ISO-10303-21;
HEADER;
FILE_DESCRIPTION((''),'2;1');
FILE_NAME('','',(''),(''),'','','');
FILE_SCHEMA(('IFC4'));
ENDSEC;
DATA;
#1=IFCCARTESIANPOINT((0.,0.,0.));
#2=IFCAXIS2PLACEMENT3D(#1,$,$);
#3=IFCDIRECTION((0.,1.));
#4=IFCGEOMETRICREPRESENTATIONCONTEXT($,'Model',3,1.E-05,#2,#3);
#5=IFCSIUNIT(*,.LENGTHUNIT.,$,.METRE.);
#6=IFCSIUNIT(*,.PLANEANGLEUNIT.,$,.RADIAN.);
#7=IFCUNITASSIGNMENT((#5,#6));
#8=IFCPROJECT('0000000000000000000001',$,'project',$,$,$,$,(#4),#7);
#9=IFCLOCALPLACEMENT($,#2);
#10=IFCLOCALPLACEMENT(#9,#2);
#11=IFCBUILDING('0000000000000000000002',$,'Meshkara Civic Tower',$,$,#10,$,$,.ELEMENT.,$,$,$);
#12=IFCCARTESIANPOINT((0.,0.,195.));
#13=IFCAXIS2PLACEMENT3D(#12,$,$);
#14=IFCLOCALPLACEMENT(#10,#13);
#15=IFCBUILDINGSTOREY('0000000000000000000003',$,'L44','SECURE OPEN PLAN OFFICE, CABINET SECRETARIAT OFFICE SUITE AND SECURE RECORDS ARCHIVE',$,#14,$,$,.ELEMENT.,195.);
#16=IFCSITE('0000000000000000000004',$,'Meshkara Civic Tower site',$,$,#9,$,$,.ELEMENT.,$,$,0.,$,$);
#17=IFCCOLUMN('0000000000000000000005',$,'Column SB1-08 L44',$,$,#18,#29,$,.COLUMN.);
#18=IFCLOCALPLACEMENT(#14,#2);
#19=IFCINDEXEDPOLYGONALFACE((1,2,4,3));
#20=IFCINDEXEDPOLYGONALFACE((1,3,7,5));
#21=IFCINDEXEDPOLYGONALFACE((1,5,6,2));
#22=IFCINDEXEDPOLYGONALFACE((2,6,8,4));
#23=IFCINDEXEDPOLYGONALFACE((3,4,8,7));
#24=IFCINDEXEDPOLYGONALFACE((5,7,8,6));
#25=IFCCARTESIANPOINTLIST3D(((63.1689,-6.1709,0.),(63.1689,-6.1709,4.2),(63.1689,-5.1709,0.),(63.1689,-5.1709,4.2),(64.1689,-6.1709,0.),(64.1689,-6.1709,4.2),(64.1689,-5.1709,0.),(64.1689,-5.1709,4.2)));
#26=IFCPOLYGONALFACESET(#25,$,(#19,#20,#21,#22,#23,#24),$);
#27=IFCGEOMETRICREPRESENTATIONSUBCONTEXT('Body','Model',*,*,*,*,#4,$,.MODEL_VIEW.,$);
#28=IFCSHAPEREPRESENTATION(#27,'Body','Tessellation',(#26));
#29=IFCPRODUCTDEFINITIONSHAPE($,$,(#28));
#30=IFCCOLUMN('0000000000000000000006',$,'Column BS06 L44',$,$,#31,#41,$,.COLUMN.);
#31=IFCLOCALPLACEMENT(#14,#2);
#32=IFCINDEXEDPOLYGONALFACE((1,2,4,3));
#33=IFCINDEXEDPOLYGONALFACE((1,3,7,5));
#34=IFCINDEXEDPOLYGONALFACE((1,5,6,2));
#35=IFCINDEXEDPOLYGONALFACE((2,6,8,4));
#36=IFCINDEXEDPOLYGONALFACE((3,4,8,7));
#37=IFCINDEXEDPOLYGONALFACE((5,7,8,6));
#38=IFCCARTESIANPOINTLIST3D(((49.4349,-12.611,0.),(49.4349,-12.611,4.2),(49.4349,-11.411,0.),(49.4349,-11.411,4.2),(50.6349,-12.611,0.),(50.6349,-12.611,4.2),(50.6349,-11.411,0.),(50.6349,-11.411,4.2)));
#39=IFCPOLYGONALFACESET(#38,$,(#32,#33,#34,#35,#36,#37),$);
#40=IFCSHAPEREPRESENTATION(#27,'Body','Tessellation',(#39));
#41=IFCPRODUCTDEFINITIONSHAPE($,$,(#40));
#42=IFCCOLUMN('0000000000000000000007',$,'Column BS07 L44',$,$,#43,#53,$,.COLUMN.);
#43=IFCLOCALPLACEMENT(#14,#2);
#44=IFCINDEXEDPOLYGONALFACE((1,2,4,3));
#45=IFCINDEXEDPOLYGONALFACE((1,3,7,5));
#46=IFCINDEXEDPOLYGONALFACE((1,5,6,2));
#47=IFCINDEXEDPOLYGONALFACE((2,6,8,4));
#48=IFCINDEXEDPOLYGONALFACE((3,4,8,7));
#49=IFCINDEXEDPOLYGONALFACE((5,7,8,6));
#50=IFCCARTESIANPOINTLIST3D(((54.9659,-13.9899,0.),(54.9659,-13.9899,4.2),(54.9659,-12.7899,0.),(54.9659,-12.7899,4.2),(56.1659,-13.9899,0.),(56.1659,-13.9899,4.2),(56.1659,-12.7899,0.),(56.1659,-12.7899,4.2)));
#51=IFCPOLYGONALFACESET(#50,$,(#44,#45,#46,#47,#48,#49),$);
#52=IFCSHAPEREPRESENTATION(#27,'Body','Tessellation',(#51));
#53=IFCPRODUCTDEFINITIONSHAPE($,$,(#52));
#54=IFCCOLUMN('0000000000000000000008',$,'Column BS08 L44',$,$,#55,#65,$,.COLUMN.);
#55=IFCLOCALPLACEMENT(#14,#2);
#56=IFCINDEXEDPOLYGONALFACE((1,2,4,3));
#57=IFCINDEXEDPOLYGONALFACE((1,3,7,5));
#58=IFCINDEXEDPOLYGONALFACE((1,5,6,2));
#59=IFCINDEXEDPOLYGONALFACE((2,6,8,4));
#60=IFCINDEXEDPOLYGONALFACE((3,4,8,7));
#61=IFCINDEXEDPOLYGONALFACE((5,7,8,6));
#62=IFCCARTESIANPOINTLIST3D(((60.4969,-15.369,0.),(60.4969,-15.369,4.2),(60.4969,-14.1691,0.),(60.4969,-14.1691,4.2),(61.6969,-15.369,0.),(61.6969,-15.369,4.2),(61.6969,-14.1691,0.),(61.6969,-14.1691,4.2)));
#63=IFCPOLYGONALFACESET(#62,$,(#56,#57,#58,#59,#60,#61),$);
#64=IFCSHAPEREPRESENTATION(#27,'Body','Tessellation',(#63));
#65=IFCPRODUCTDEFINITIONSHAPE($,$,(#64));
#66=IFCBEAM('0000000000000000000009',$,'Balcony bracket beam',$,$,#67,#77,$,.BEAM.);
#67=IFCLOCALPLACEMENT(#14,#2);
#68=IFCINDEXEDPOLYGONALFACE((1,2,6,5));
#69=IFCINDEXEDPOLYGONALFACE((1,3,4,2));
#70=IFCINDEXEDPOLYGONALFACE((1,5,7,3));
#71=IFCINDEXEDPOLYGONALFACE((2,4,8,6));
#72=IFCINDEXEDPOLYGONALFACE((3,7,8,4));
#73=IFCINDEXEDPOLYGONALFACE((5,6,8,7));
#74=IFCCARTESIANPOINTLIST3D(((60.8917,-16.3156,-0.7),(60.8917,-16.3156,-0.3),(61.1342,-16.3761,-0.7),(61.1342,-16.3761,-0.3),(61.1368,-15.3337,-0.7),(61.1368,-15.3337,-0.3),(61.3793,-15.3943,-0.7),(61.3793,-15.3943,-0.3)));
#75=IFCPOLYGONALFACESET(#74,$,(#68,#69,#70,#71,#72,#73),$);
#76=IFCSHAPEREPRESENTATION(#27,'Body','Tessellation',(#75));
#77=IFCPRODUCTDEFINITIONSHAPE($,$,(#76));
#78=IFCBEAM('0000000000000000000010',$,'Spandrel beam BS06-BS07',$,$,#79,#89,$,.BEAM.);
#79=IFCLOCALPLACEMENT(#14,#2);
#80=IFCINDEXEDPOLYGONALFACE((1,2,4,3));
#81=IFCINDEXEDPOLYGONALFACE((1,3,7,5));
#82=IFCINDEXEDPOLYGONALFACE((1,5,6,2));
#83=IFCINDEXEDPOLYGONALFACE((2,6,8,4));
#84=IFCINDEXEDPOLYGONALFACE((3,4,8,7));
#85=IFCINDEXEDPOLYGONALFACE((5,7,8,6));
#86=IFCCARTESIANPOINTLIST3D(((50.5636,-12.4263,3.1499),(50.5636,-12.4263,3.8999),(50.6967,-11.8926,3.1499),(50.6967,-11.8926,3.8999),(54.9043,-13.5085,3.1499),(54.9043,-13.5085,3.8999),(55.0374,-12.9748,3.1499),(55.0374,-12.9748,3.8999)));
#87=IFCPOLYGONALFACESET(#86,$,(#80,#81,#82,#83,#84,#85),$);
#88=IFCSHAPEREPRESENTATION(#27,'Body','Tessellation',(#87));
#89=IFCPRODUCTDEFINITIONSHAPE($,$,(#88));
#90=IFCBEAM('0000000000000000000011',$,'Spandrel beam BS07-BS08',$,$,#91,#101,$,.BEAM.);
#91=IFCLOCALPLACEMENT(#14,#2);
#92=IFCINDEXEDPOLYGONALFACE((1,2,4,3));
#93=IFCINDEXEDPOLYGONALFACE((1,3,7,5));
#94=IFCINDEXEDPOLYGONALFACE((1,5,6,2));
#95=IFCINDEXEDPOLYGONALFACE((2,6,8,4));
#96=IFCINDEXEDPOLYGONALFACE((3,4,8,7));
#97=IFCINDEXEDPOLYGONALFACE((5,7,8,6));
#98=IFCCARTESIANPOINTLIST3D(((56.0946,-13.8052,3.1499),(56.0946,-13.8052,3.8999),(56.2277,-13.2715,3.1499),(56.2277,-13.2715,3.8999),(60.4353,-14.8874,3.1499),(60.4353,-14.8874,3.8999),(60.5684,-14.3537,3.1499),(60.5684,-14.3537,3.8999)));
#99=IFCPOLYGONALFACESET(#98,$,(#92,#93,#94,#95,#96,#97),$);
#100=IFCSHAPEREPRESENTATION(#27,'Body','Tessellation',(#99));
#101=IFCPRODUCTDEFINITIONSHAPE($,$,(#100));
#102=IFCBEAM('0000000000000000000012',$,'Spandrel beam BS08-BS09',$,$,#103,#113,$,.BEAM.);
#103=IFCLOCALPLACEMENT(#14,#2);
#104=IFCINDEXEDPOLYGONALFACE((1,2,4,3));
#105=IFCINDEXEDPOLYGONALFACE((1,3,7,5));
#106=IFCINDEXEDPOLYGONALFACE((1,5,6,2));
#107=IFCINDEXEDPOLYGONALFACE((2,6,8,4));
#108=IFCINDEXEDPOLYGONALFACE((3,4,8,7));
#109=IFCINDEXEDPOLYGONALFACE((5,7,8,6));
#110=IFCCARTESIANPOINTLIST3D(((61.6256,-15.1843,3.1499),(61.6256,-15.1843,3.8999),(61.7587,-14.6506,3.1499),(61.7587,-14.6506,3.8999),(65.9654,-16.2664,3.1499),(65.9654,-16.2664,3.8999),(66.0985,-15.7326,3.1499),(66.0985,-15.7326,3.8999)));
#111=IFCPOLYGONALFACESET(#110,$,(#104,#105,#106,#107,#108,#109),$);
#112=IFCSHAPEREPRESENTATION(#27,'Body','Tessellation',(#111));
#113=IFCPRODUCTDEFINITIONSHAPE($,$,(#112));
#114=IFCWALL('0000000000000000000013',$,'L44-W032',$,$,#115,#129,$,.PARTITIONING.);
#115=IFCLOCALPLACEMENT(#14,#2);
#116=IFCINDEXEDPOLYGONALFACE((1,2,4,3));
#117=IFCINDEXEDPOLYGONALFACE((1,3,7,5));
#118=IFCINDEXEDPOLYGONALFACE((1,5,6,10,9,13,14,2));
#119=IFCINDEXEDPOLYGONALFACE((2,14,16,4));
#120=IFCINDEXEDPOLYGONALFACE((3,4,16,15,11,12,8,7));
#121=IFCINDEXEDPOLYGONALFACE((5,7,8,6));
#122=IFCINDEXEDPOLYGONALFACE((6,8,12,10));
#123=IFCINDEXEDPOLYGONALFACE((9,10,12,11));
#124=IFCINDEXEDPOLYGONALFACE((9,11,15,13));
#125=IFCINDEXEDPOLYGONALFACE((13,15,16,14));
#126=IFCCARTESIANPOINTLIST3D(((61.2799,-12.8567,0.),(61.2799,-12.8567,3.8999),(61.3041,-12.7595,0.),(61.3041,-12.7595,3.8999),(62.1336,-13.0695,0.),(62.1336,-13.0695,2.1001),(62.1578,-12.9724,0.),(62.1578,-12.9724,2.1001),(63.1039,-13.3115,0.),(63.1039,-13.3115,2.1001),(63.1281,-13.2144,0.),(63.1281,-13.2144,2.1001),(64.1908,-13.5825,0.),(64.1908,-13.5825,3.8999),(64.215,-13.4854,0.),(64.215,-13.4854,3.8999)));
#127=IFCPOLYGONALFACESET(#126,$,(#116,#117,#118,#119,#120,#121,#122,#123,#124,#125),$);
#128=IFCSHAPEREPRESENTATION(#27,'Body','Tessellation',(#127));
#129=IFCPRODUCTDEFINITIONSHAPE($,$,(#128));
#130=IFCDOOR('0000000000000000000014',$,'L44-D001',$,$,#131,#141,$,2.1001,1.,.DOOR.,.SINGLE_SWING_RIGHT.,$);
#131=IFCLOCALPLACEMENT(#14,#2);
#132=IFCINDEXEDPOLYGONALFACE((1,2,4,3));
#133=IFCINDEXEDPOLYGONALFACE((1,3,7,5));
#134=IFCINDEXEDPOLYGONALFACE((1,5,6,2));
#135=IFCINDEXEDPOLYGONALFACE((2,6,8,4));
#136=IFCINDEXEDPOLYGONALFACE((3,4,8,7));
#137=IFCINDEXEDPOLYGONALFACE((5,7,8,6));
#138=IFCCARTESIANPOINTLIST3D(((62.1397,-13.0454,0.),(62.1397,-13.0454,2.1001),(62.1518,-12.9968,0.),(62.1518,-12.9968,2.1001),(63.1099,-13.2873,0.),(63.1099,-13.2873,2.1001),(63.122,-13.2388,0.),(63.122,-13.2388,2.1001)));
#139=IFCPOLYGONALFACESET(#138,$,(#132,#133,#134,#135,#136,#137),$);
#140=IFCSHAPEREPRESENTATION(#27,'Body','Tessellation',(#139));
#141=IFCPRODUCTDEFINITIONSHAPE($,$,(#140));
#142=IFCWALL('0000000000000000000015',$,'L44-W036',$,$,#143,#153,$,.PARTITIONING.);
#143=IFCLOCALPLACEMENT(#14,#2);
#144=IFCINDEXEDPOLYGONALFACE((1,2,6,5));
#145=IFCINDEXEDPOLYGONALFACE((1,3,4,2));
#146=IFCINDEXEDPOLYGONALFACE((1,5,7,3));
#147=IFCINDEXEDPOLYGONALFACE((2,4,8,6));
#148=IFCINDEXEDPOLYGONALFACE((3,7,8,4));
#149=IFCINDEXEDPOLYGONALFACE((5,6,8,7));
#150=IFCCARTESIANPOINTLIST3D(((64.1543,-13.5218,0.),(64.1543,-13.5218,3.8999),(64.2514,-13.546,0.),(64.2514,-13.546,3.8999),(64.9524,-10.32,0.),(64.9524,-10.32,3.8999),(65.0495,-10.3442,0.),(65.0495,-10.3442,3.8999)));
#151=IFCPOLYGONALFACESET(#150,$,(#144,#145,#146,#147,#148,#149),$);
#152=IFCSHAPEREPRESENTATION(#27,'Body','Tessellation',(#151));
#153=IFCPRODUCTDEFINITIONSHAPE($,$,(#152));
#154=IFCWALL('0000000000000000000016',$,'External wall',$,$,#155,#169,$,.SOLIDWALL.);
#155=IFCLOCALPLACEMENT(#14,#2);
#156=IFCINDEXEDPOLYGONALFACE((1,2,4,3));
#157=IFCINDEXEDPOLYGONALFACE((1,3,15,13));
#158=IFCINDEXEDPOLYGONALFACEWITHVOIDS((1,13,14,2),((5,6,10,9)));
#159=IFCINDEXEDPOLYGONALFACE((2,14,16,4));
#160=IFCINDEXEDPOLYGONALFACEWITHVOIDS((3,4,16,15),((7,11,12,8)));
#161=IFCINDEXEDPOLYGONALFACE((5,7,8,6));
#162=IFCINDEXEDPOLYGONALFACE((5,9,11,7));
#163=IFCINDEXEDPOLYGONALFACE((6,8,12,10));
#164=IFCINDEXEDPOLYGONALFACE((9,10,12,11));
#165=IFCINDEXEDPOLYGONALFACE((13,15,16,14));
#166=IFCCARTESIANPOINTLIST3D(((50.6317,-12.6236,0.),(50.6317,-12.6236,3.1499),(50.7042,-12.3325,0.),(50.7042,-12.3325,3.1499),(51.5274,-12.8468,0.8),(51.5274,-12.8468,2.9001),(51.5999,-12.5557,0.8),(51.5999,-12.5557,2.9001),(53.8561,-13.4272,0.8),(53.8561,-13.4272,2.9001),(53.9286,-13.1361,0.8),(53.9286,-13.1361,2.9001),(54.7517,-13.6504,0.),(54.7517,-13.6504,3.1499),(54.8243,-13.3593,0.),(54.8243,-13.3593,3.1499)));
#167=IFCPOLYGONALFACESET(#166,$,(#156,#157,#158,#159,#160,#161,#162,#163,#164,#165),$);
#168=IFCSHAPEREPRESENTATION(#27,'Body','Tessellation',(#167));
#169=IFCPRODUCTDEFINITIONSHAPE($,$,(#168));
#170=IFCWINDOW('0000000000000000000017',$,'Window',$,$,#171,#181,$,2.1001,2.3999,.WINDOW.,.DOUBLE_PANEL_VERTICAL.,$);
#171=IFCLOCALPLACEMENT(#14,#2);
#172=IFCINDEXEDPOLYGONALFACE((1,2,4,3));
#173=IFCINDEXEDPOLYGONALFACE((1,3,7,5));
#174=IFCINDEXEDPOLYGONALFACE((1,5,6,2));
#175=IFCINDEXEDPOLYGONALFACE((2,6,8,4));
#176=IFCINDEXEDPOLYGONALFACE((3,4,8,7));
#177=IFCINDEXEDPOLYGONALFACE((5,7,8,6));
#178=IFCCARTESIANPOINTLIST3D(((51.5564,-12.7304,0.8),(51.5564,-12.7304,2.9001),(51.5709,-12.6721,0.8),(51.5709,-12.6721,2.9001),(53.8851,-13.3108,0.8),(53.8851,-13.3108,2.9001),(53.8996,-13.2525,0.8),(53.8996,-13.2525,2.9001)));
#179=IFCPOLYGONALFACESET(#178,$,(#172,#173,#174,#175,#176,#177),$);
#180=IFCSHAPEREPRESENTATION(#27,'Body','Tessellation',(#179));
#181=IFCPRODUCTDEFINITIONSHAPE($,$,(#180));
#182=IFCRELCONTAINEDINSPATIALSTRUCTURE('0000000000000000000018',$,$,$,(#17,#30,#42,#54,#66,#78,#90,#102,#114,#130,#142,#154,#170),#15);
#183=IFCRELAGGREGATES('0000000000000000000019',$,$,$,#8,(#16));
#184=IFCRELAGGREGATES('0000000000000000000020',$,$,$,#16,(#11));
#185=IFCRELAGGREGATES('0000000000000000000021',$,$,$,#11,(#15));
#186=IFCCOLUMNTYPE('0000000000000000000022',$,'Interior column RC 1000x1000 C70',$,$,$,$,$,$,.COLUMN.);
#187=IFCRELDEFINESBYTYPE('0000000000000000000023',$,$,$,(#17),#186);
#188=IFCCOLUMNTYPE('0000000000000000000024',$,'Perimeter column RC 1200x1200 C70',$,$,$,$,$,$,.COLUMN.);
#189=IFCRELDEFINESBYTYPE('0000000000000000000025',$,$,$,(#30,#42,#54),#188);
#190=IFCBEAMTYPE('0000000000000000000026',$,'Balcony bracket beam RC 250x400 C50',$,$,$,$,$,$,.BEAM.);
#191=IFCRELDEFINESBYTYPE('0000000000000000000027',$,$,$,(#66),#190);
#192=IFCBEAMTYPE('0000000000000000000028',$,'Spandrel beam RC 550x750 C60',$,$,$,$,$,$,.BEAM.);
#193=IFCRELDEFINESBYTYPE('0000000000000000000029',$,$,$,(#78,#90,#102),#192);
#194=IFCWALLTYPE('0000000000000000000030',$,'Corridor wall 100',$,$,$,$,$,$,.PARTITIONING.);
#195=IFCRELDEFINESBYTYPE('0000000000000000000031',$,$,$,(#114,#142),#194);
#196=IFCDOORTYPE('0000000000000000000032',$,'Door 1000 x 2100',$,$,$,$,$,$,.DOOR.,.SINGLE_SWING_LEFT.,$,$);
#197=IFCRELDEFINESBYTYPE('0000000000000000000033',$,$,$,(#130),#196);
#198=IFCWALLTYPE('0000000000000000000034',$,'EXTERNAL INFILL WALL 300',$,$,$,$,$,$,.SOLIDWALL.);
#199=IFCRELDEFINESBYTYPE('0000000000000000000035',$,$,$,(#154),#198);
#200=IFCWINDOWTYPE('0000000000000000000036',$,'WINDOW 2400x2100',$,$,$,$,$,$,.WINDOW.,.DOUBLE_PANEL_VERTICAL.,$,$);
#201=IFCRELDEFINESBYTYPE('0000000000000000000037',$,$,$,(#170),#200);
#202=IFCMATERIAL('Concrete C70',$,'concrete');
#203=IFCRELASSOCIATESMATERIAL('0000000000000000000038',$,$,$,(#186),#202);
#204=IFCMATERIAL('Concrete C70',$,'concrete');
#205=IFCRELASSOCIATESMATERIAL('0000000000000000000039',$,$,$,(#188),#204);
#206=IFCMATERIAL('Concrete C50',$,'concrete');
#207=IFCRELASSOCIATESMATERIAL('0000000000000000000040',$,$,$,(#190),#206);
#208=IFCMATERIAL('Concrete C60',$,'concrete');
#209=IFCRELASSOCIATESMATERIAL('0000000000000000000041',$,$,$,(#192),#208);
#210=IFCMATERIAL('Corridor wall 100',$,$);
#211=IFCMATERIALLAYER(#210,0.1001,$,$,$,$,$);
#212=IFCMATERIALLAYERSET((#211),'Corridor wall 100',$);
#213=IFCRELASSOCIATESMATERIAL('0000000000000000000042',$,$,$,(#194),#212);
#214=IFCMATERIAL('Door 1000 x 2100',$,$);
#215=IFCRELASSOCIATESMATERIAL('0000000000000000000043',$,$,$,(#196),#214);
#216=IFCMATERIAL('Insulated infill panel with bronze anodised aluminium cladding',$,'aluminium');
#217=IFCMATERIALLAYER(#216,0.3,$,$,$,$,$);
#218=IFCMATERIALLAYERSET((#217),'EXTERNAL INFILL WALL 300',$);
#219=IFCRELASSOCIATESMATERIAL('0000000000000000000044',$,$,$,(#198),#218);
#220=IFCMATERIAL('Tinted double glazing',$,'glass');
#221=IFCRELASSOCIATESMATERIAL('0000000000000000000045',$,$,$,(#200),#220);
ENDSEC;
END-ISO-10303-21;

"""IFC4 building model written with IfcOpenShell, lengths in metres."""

from ifc_helpers import new_model, si_unit, direction, frame, frame_2d, origin, origin_2d, place, context, subcontext, project, spatial, rectangle, extrude, material, layer, layer_set, material_profile, profile_set, type_object, element, fill, save


model = new_model("IFC4")

# Units and contexts
model_context = context("Model", 3, precision=1e-05, world=origin(), true_north=direction((0.0, 1.0)))
body_context = subcontext(model_context, "Body", "Model", "MODEL_VIEW")
ifc_project = project(units=[si_unit("LENGTHUNIT", "METRE"), si_unit("PLANEANGLEUNIT", "RADIAN")], contexts=[model_context])

# Site, building, storey
site_placement = place(None, origin())
site = spatial("IfcSite", under=ifc_project, at=site_placement, Name="Meshkara Civic Tower site", CompositionType="ELEMENT", RefElevation=0.0)
building_placement = place(site_placement, origin())
building = spatial("IfcBuilding", under=site, at=building_placement, Name="Meshkara Civic Tower", CompositionType="ELEMENT")
storey_placement = place(building_placement, frame((0.0, 0.0, 195.0)))
storey = spatial("IfcBuildingStorey", under=building, at=storey_placement, Name="L44", Description="SECURE OPEN PLAN OFFICE, CABINET SECRETARIAT OFFICE SUITE AND SECURE RECORDS ARCHIVE", CompositionType="ELEMENT", Elevation=195.0)

# Columns
ifc_material_1 = material(Name="Concrete C70", Category="concrete")
ifc_material_profile_1 = material_profile(ifc_material_1, rectangle(XDim=1.0, YDim=1.0, at=origin_2d()))
ifc_profile_set_1 = profile_set([ifc_material_profile_1], Name="Concrete C70")
column_type_1 = type_object("IfcColumnType", Name="Interior column RC 1000x1000 C70", PredefinedType="COLUMN", material=ifc_profile_set_1)
column_placement = place(storey_placement, frame((63.6689, -5.6709, 0.0), z_axis=(0.0, 0.0, 1.0), x_axis=(1.0, 0.0, 0.0)))
element("IfcColumn", 1, at=column_placement, inside=storey, type_object=column_type_1, Name="Column SB1-08 L44", PredefinedType="COLUMN", context=body_context, shape_type="SweptSolid", body=[
    extrude(rectangle(XDim=1.0, YDim=1.0, at=origin_2d()), origin(), (0.0, 0.0, 1.0), 4.2),
])
ifc_material_2 = material(Name="Concrete C70", Category="concrete")
ifc_material_profile_2 = material_profile(ifc_material_2, rectangle(XDim=1.2, YDim=1.2, at=origin_2d()))
ifc_profile_set_2 = profile_set([ifc_material_profile_2], Name="Concrete C70")
column_type_2 = type_object("IfcColumnType", Name="Perimeter column RC 1200x1200 C70", PredefinedType="COLUMN", material=ifc_profile_set_2)
for number, where, z_axis, x_axis, name in (
    (2, (50.0349, -12.011, 0.0), (0.0, 0.0, 1.0), (1.0, 0.0, 0.0), "Column BS06 L44"),
    (3, (55.5659, -13.3899, 0.0), (0.0, 0.0, 1.0), (1.0, 0.0, 0.0), "Column BS07 L44"),
    (4, (61.0969, -14.769, 0.0), (0.0, 0.0, 1.0), (1.0, 0.0, 0.0), "Column BS08 L44"),
):
    element("IfcColumn", number, at=place(storey_placement, frame(where, z_axis=z_axis, x_axis=x_axis)), inside=storey, type_object=column_type_2, Name=name, PredefinedType="COLUMN", context=body_context, shape_type="SweptSolid", body=[
        extrude(rectangle(XDim=1.2, YDim=1.2, at=origin_2d()), origin(), (0.0, 0.0, 1.0), 4.2),
    ])

# Beams
ifc_material_3 = material(Name="Concrete C50", Category="concrete")
ifc_material_profile_3 = material_profile(ifc_material_3, rectangle(XDim=0.25, YDim=0.3999, at=origin_2d()))
ifc_profile_set_3 = profile_set([ifc_material_profile_3], Name="Concrete C50")
beam_type_1 = type_object("IfcBeamType", Name="Balcony bracket beam RC 250x400 C50", PredefinedType="BEAM", material=ifc_profile_set_3)
beam_1_placement = place(storey_placement, frame((61.2581, -15.364, -0.5), z_axis=(-0.242195, -0.970228, 0.0), x_axis=(0.970228, -0.242195, 0.0)))
element("IfcBeam", 5, at=beam_1_placement, inside=storey, type_object=beam_type_1, Name="Balcony bracket beam", PredefinedType="BEAM", context=body_context, shape_type="SweptSolid", body=[
    extrude(rectangle(XDim=0.25, YDim=0.3999, at=origin_2d()), origin(), (0.0, 0.0, 1.0), 1.012),
])
ifc_material_4 = material(Name="Concrete C60", Category="concrete")
ifc_material_profile_4 = material_profile(ifc_material_4, rectangle(XDim=0.55, YDim=0.75, at=origin_2d()))
ifc_profile_set_4 = profile_set([ifc_material_profile_4], Name="Concrete C60")
beam_type_2 = type_object("IfcBeamType", Name="Spandrel beam RC 550x750 C60", PredefinedType="BEAM", material=ifc_profile_set_4)
for number, where, z_axis, x_axis, name in (
    (6, (50.6301, -12.1594, 3.5249), (0.970296, -0.241919, 0.0), (0.241919, 0.970296, 0.0), "Spandrel beam BS06-BS07"),
    (7, (56.1611, -13.5383, 3.5249), (0.970296, -0.241919, 0.0), (0.241919, 0.970296, 0.0), "Spandrel beam BS07-BS08"),
):
    element("IfcBeam", number, at=place(storey_placement, frame(where, z_axis=z_axis, x_axis=x_axis)), inside=storey, type_object=beam_type_2, Name=name, PredefinedType="BEAM", context=body_context, shape_type="SweptSolid", body=[
        extrude(rectangle(XDim=0.55, YDim=0.75, at=origin_2d()), origin(), (0.0, 0.0, 1.0), 4.4736),
    ])
beam_2_placement = place(storey_placement, frame((61.6921, -14.9175, 3.5249), z_axis=(0.970296, -0.241919, 0.0), x_axis=(0.241919, 0.970296, 0.0)))
element("IfcBeam", 8, at=beam_2_placement, inside=storey, type_object=beam_type_2, Name="Spandrel beam BS08-BS09", PredefinedType="BEAM", context=body_context, shape_type="SweptSolid", body=[
    extrude(rectangle(XDim=0.55, YDim=0.75, at=origin_2d()), origin(), (0.0, 0.0, 1.0), 4.4727),
])

# Wall, opening, door
ifc_material_5 = material(Name="Corridor wall 100")
ifc_layer_1 = layer(ifc_material_5, 0.1001)
ifc_layer_set_1 = layer_set([ifc_layer_1], Name="Corridor wall 100")
wall_type_1 = type_object("IfcWallType", Name="Corridor wall 100", PredefinedType="PARTITIONING", material=ifc_layer_set_1)
wall_1_placement = place(storey_placement, frame((61.292, -12.8081, 0.0), z_axis=(0.0, 0.0, 1.0), x_axis=(0.970291, -0.241942, 0.0)))
wall_1 = element("IfcWall", 9, at=wall_1_placement, inside=storey, type_object=wall_type_1, Name="L44-W032", PredefinedType="PARTITIONING", context=body_context, shape_type="SweptSolid", body=[
    extrude(rectangle(XDim=3.0, YDim=0.1001, at=frame_2d((1.5, 0.0))), origin(), (0.0, 0.0, 1.0), 3.8999),
])
opening_1_placement = place(wall_1_placement, frame((0.8799, 0.0, 0.0)))
opening_1 = element("IfcOpeningElement", 10, at=opening_1_placement, cuts=wall_1, PredefinedType="OPENING", context=body_context, shape_type="SweptSolid", body=[
    extrude(rectangle(XDim=1.0, YDim=2.1001, at=frame_2d((0.5, 1.05))), frame((0.0, 0.0601, 0.0), z_axis=(0.0, -1.0, 0.0), x_axis=(1.0, 0.0, 0.0)), (0.0, 0.0, 1.0), 0.1201),
])
ifc_material_6 = material(Name="Door 1000 x 2100")
door_type_1 = type_object("IfcDoorType", Name="Door 1000 x 2100", OperationType="SINGLE_SWING_LEFT", PredefinedType="DOOR", material=ifc_material_6)
door_1_placement = place(opening_1_placement, origin())
door_1 = element("IfcDoor", 11, at=door_1_placement, inside=storey, type_object=door_type_1, Name="L44-D001", OperationType="SINGLE_SWING_RIGHT", OverallHeight=2.1001, OverallWidth=1.0, PredefinedType="DOOR", context=body_context, shape_type="SweptSolid", body=[
    extrude(rectangle(XDim=1.0, YDim=2.1001, at=frame_2d((0.5, 1.05))), frame((0.0, 0.0249, 0.0), z_axis=(0.0, -1.0, 0.0), x_axis=(1.0, 0.0, 0.0)), (0.0, 0.0, 1.0), 0.05),
])
fill(opening_1, door_1)

# Wall
wall_2_placement = place(storey_placement, frame((64.2029, -13.5339, 0.0), z_axis=(0.0, 0.0, 1.0), x_axis=(0.241857, 0.970312, 0.0)))
element("IfcWall", 12, at=wall_2_placement, inside=storey, type_object=wall_type_1, Name="L44-W036", PredefinedType="PARTITIONING", context=body_context, shape_type="SweptSolid", body=[
    extrude(rectangle(XDim=3.2998, YDim=0.1001, at=frame_2d((1.6499, 0.0))), origin(), (0.0, 0.0, 1.0), 3.8999),
])

# Wall, opening, window
ifc_material_7 = material(Name="Insulated infill panel with bronze anodised aluminium cladding", Category="aluminium")
ifc_layer_2 = layer(ifc_material_7, 0.3)
ifc_layer_set_2 = layer_set([ifc_layer_2], Name="EXTERNAL INFILL WALL 300")
wall_type_2 = type_object("IfcWallType", Name="EXTERNAL INFILL WALL 300", PredefinedType="SOLIDWALL", material=ifc_layer_set_2)
wall_3_placement = place(storey_placement, frame((50.668, -12.478, 0.0), z_axis=(0.0, 0.0, 1.0), x_axis=(0.970318, -0.241832, 0.0)))
wall_3 = element("IfcWall", 13, at=wall_3_placement, inside=storey, type_object=wall_type_2, Name="External wall", PredefinedType="SOLIDWALL", context=body_context, shape_type="SweptSolid", body=[
    extrude(rectangle(XDim=4.2461, YDim=0.3, at=frame_2d((2.123, 0.0))), origin(), (0.0, 0.0, 1.0), 3.1499),
])
opening_2_placement = place(wall_3_placement, frame((0.9231, 0.0, 0.8)))
opening_2 = element("IfcOpeningElement", 14, at=opening_2_placement, cuts=wall_3, PredefinedType="OPENING", context=body_context, shape_type="SweptSolid", body=[
    extrude(rectangle(XDim=2.3999, YDim=2.1001, at=frame_2d((1.2, 1.05))), frame((0.0, 0.1599, 0.0), z_axis=(0.0, -1.0, 0.0), x_axis=(1.0, 0.0, 0.0)), (0.0, 0.0, 1.0), 0.3201),
])
ifc_material_8 = material(Name="Tinted double glazing", Category="glass")
window_type = type_object("IfcWindowType", Name="WINDOW 2400x2100", PartitioningType="DOUBLE_PANEL_VERTICAL", PredefinedType="WINDOW", material=ifc_material_8)
window_1_placement = place(opening_2_placement, origin())
window_1 = element("IfcWindow", 15, at=window_1_placement, inside=storey, type_object=window_type, Name="Window", OverallHeight=2.1001, OverallWidth=2.3999, PartitioningType="DOUBLE_PANEL_VERTICAL", PredefinedType="WINDOW", context=body_context, shape_type="SweptSolid", body=[
    extrude(rectangle(XDim=2.3999, YDim=2.1001, at=frame_2d((1.2, 1.05))), frame((0.0, 0.03, 0.0), z_axis=(0.0, -1.0, 0.0), x_axis=(1.0, 0.0, 0.0)), (0.0, 0.0, 1.0), 0.0601),
])
fill(opening_2, window_1)

save(model, "model.ifc")
